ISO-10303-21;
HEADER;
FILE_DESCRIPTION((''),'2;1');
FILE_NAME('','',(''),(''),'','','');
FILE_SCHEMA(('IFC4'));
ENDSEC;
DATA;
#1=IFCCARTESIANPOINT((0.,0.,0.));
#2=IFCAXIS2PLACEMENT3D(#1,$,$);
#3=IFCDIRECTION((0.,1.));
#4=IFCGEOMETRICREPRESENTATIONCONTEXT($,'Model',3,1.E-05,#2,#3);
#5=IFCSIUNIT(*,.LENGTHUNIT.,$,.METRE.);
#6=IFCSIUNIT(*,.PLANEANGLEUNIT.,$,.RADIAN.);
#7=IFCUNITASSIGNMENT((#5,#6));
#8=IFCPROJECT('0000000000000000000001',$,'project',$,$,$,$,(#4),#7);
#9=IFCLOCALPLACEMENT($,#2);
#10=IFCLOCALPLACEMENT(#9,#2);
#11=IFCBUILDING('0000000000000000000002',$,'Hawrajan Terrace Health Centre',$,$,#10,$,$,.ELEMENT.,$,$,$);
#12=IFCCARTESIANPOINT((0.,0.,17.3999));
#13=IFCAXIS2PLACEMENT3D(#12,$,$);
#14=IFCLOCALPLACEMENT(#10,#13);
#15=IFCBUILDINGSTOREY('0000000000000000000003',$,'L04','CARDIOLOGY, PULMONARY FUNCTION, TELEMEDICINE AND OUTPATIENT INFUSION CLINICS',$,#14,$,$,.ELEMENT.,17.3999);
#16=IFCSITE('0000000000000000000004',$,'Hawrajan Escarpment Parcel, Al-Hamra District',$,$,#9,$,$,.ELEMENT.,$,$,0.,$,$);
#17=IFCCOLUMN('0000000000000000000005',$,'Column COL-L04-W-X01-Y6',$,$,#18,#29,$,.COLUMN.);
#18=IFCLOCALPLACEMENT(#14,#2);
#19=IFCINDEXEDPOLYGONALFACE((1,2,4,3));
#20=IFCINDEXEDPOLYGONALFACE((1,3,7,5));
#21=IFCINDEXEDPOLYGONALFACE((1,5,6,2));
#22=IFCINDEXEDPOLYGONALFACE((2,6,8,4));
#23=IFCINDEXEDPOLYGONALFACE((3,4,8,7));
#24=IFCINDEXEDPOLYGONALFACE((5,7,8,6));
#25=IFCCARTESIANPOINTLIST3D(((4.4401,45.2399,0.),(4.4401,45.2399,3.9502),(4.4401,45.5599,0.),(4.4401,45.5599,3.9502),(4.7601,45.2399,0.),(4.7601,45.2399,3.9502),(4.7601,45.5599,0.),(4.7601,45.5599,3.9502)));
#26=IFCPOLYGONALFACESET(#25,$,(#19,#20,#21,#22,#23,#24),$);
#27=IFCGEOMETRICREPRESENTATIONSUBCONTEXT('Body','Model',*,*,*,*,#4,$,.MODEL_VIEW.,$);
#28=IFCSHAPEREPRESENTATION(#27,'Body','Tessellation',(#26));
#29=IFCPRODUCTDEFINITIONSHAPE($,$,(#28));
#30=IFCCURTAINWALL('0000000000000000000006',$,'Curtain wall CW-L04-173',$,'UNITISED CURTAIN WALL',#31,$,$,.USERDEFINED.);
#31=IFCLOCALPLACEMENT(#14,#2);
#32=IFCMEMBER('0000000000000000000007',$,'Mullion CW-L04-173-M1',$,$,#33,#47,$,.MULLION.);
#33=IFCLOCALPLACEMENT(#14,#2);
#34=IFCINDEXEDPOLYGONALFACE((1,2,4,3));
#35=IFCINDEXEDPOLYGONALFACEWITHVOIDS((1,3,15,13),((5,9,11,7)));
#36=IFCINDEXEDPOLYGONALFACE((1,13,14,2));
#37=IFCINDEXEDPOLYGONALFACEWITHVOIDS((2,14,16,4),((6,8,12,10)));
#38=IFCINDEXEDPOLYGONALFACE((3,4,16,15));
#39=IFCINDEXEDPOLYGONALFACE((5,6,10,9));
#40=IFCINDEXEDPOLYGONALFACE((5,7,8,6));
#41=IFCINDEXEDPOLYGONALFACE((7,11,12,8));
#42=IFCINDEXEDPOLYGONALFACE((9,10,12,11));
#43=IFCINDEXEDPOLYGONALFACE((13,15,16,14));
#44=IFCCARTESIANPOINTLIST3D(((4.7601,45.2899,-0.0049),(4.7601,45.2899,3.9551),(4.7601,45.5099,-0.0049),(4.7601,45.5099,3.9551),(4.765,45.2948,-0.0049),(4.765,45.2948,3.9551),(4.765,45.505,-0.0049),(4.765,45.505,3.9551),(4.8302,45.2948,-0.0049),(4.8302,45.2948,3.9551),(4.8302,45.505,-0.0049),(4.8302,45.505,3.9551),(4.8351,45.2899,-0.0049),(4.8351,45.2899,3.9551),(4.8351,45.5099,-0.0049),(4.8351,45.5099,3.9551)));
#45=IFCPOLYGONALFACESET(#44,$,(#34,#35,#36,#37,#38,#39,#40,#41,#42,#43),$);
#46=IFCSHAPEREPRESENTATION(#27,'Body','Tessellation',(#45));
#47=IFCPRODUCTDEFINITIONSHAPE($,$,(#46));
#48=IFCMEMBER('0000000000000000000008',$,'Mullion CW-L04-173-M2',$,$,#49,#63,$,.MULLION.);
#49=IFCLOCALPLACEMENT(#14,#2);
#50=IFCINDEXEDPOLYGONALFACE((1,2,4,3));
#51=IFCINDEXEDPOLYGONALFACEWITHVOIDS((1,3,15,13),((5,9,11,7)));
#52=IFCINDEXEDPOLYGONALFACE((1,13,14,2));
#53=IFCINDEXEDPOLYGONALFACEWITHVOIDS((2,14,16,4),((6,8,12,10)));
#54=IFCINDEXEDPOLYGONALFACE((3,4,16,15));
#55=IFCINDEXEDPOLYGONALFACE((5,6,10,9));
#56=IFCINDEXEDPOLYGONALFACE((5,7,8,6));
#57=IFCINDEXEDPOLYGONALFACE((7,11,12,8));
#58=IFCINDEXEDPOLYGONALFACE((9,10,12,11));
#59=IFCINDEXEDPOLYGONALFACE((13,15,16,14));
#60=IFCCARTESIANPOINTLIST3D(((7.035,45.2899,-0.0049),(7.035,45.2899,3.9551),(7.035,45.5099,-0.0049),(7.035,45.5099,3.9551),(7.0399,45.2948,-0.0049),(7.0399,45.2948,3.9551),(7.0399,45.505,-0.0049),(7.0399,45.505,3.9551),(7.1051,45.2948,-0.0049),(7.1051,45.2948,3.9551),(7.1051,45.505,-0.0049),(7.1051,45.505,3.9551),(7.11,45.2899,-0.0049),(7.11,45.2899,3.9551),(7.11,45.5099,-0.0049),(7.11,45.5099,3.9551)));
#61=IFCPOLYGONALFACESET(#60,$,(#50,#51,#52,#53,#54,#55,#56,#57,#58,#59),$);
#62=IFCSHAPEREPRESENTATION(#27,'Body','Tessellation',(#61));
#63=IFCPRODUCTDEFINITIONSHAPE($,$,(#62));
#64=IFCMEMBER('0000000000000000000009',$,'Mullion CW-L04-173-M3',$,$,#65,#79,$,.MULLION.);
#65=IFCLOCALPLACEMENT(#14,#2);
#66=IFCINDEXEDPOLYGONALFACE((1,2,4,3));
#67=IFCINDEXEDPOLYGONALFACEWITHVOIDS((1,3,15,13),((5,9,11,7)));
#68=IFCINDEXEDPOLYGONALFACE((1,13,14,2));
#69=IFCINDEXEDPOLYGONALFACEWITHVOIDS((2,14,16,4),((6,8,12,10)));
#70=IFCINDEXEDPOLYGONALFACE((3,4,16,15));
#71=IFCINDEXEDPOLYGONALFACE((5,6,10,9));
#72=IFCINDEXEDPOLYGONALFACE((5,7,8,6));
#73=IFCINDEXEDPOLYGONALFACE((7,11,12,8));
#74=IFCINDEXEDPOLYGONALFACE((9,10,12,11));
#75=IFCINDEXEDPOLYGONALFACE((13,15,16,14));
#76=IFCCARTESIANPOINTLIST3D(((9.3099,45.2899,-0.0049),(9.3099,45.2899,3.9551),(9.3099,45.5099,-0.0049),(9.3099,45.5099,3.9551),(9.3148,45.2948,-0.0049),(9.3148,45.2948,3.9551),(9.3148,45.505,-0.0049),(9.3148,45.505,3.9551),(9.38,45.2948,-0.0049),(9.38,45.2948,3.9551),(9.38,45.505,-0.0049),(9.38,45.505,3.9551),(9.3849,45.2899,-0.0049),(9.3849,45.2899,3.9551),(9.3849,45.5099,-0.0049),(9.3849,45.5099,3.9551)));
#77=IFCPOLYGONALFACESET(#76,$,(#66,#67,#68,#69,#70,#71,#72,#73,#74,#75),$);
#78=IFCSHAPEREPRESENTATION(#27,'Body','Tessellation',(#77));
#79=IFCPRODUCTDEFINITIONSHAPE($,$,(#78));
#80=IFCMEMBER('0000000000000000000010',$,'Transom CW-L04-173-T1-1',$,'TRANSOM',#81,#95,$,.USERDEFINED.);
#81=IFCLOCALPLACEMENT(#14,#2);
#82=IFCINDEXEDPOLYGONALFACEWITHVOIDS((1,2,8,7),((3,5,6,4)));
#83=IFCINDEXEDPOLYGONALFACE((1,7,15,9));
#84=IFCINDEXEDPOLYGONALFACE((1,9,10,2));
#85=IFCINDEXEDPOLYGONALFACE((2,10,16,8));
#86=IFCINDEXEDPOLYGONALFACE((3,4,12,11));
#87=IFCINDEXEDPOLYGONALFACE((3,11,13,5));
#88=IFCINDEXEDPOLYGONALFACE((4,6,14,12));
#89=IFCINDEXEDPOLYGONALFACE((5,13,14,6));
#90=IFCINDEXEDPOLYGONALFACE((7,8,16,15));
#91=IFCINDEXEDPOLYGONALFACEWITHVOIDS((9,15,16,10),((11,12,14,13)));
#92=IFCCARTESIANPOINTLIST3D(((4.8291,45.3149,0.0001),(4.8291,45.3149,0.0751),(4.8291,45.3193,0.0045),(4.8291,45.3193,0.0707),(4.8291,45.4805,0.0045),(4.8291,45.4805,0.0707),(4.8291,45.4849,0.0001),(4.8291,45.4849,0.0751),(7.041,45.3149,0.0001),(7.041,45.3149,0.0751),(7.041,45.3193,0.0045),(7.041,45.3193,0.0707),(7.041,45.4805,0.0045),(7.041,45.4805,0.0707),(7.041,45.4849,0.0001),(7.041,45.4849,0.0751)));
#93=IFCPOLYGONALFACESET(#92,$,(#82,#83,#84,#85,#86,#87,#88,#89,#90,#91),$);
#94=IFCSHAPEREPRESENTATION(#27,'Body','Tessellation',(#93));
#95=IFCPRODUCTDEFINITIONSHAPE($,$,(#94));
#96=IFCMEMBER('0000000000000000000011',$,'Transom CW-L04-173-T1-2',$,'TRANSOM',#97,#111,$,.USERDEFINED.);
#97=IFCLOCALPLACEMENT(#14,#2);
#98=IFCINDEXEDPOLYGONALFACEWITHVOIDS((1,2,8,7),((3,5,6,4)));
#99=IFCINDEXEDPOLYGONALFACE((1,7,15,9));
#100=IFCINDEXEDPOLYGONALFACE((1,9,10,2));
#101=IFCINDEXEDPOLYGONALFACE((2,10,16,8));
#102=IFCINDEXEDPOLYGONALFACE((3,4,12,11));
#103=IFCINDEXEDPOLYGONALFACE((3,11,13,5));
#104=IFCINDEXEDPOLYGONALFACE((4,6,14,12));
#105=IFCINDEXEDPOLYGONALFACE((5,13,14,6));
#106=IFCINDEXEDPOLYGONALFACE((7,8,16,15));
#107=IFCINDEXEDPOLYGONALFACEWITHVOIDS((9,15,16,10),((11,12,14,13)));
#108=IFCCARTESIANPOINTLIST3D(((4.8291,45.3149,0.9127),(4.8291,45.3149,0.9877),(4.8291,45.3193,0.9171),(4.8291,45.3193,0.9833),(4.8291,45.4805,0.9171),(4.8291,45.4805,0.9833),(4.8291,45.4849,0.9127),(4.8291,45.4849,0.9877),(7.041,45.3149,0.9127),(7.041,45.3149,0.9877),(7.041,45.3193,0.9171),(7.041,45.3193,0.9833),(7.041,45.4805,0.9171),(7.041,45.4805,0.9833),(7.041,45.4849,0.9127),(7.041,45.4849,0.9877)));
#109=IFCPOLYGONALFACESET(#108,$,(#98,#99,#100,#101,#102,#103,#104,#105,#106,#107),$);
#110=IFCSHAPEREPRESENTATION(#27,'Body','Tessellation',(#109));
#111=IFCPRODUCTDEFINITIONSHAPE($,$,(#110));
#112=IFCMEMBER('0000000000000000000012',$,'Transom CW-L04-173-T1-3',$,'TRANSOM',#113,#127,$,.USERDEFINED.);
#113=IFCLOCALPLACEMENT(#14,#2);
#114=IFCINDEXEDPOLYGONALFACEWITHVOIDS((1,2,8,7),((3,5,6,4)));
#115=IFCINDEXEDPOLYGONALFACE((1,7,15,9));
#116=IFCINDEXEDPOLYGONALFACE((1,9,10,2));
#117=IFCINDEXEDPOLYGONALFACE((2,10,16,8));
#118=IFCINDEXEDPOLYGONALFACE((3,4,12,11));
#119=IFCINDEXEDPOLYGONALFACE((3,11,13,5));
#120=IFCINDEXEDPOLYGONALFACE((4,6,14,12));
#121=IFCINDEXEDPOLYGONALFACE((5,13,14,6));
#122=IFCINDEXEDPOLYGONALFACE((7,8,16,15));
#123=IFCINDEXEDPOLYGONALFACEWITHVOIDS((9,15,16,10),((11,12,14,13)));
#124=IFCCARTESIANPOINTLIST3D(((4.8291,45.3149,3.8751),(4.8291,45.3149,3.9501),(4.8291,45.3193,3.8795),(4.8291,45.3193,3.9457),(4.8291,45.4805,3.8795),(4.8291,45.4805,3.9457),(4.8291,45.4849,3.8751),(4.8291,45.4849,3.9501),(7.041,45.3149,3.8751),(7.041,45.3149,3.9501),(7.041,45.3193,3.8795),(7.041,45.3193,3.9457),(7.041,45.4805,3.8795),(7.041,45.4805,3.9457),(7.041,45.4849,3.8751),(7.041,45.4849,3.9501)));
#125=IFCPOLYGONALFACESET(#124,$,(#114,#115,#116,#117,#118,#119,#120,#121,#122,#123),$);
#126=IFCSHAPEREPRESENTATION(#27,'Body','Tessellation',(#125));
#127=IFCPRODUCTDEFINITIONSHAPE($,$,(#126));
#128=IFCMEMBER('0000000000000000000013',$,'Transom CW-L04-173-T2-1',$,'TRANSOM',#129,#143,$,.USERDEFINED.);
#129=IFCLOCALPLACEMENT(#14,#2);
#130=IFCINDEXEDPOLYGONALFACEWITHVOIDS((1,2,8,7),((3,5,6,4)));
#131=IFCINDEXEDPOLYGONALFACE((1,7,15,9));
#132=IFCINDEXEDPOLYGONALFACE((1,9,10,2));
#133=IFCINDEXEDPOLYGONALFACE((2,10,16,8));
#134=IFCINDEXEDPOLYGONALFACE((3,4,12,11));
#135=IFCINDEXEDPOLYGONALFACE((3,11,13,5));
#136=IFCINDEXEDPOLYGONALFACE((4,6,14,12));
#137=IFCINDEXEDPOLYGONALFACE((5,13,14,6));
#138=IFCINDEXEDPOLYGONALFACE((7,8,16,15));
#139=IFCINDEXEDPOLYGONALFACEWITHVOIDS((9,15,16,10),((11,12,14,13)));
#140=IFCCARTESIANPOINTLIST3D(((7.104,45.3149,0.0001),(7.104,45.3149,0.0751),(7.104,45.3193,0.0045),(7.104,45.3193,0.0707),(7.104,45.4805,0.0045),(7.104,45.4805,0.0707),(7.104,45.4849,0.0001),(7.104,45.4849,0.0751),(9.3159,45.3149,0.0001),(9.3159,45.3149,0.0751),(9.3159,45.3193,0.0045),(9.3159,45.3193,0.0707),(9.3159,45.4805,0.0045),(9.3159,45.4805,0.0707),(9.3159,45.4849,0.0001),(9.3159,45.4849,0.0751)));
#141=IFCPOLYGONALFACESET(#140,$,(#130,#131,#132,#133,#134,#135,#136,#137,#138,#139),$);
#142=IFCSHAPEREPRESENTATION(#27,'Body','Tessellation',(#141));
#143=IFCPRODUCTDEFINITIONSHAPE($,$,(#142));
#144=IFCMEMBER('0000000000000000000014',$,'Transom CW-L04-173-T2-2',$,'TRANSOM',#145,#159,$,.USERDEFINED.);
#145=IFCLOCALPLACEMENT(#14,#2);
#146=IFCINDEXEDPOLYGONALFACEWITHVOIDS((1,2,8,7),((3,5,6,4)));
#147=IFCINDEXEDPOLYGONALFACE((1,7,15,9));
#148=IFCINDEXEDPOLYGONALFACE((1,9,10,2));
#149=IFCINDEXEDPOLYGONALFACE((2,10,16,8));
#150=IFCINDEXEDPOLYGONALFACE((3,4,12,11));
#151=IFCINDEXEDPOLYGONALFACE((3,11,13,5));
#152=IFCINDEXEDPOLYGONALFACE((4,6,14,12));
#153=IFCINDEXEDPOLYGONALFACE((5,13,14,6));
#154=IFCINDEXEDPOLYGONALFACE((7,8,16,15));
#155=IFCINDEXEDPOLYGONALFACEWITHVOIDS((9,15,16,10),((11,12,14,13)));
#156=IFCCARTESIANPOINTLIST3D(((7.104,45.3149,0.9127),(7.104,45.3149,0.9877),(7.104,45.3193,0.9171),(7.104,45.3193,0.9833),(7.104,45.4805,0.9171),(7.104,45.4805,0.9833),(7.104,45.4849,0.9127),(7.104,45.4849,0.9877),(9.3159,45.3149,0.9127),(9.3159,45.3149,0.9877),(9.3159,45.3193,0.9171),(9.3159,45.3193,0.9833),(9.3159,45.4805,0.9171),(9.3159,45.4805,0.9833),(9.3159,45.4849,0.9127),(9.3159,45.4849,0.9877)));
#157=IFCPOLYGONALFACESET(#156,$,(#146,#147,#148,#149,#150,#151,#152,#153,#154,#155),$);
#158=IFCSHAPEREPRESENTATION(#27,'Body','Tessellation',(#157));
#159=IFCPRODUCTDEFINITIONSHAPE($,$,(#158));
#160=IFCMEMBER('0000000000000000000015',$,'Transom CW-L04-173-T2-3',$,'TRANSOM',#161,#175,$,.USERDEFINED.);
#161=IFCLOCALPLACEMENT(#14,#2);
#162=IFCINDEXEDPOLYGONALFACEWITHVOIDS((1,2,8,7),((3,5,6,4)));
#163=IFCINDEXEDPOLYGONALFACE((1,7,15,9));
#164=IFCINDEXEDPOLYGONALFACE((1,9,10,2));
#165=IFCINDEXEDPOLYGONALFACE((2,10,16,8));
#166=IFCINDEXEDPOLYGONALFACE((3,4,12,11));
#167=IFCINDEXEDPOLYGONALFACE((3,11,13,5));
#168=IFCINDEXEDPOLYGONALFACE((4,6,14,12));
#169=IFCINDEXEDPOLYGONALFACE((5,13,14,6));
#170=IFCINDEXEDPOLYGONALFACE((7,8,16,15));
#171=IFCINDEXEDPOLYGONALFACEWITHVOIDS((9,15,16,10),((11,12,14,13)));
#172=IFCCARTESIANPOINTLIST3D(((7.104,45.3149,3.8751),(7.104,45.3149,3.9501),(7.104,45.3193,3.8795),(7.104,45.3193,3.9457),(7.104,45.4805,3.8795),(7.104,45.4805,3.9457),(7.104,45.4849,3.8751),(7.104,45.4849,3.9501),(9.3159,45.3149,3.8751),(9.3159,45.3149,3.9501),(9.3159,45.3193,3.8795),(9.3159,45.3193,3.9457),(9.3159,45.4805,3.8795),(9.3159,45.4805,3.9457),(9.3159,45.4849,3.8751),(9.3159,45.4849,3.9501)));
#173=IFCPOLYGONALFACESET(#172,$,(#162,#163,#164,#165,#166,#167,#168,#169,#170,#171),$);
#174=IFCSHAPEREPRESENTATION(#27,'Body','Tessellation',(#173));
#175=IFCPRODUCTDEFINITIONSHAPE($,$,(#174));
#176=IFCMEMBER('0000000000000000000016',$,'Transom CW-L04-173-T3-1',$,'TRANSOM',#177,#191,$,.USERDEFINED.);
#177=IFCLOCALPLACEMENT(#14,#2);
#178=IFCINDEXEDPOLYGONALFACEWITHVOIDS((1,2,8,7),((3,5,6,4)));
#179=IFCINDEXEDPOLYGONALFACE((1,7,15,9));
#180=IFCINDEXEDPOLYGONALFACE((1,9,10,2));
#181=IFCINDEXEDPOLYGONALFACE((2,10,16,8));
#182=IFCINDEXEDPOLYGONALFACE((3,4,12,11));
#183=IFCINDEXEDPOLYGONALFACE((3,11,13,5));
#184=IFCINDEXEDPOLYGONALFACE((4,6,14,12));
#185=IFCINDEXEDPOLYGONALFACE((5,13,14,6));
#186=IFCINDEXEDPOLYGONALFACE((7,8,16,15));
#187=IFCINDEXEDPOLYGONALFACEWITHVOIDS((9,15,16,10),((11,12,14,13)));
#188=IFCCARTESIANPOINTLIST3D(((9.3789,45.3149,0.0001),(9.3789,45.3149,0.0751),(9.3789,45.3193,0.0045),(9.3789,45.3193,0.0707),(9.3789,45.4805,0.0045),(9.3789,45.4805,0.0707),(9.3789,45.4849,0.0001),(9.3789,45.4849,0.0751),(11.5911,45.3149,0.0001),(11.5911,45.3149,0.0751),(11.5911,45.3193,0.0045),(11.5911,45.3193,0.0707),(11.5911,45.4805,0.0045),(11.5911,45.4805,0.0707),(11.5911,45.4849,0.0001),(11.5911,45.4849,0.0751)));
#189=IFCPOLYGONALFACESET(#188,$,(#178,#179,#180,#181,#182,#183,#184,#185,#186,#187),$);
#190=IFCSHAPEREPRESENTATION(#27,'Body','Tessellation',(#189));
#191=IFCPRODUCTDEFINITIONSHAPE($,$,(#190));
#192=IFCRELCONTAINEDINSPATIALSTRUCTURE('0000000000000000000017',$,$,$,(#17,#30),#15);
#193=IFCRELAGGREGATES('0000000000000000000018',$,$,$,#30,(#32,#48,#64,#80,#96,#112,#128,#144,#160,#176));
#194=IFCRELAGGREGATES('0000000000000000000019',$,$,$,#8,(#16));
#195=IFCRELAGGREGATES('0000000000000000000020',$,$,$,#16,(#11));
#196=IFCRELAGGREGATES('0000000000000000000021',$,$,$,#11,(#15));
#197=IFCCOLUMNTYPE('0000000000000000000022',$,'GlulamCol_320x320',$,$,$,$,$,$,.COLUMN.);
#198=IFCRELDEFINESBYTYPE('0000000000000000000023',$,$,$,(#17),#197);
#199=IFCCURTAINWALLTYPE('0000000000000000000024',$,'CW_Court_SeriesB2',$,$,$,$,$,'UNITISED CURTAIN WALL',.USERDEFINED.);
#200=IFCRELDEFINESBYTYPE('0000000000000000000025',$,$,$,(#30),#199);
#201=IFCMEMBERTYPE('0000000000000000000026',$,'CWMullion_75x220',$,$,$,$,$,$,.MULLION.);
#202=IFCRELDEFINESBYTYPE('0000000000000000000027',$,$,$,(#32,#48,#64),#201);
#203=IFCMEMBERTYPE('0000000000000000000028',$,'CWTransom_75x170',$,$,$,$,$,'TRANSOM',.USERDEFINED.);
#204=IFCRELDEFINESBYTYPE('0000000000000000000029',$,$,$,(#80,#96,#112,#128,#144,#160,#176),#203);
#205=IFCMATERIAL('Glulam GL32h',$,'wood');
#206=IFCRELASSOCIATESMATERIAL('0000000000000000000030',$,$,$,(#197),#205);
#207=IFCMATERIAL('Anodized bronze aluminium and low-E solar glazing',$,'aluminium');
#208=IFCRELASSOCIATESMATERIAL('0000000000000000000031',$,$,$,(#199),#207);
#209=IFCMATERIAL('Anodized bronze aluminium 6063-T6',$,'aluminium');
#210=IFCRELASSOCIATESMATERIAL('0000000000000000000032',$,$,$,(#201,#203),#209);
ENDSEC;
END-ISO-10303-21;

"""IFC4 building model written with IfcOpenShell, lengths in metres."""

from ifc_helpers import new_model, si_unit, direction, frame, origin, origin_2d, place, context, subcontext, project, spatial, rectangle, hollow_rectangle, extrude, material, material_profile, profile_set, type_object, element, aggregate, save


model = new_model("IFC4")

# Units and contexts
model_context = context("Model", 3, precision=1e-05, world=origin(), true_north=direction((0.0, 1.0)))
body_context = subcontext(model_context, "Body", "Model", "MODEL_VIEW")
ifc_project = project(units=[si_unit("LENGTHUNIT", "METRE"), si_unit("PLANEANGLEUNIT", "RADIAN")], contexts=[model_context])

# Site, building, storey
site_placement = place(None, origin())
site = spatial("IfcSite", under=ifc_project, at=site_placement, Name="Hawrajan Escarpment Parcel, Al-Hamra District", CompositionType="ELEMENT", RefElevation=0.0)
building_placement = place(site_placement, origin())
building = spatial("IfcBuilding", under=site, at=building_placement, Name="Hawrajan Terrace Health Centre", CompositionType="ELEMENT")
storey_placement = place(building_placement, frame((0.0, 0.0, 17.3999)))
storey = spatial("IfcBuildingStorey", under=building, at=storey_placement, Name="L04", Description="CARDIOLOGY, PULMONARY FUNCTION, TELEMEDICINE AND OUTPATIENT INFUSION CLINICS", CompositionType="ELEMENT", Elevation=17.3999)

# Column
ifc_material_1 = material(Name="Glulam GL32h", Category="wood")
ifc_material_profile_1 = material_profile(ifc_material_1, rectangle(XDim=0.3201, YDim=0.3201, at=origin_2d()), Name="GL 320x320")
ifc_profile_set_1 = profile_set([ifc_material_profile_1], Name="Glulam GL32h")
column_type = type_object("IfcColumnType", Name="GlulamCol_320x320", PredefinedType="COLUMN", material=ifc_profile_set_1)
column_placement = place(storey_placement, frame((4.6001, 45.3999, 0.0), z_axis=(0.0, 0.0, 1.0), x_axis=(1.0, 0.0, 0.0)))
element("IfcColumn", 1, at=column_placement, inside=storey, type_object=column_type, Name="Column COL-L04-W-X01-Y6", PredefinedType="COLUMN", context=body_context, shape_type="SweptSolid", body=[
    extrude(rectangle(XDim=0.3201, YDim=0.3201, at=origin_2d()), origin(), (0.0, 0.0, 1.0), 3.9502),
])

# Curtain wall, members
ifc_material_2 = material(Name="Anodized bronze aluminium and low-E solar glazing", Category="aluminium")
curtain_wall_type = type_object("IfcCurtainWallType", Name="CW_Court_SeriesB2", ElementType="UNITISED CURTAIN WALL", PredefinedType="USERDEFINED", material=ifc_material_2)
curtain_wall_placement = place(storey_placement, origin())
curtain_wall = element("IfcCurtainWall", 2, at=curtain_wall_placement, inside=storey, type_object=curtain_wall_type, Name="Curtain wall CW-L04-173", ObjectType="UNITISED CURTAIN WALL", PredefinedType="USERDEFINED")
ifc_material_3 = material(Name="Anodized bronze aluminium 6063-T6", Category="aluminium")
ifc_material_profile_2 = material_profile(ifc_material_3, hollow_rectangle(XDim=0.075, YDim=0.22, WallThickness=0.0049, at=origin_2d()), Name="CW MUL 75x220")
ifc_profile_set_2 = profile_set([ifc_material_profile_2], Name="Anodized bronze aluminium 6063-T6")
member_type_1 = type_object("IfcMemberType", Name="CWMullion_75x220", PredefinedType="MULLION", material=ifc_profile_set_2)
member_1_placement = place(storey_placement, frame((4.7976, 45.3999, -0.0049), z_axis=(0.0, 0.0, 1.0), x_axis=(1.0, 0.0, 0.0)))
member_1 = element("IfcMember", 3, at=member_1_placement, type_object=member_type_1, Name="Mullion CW-L04-173-M1", PredefinedType="MULLION", context=body_context, shape_type="SweptSolid", body=[
    extrude(hollow_rectangle(XDim=0.075, YDim=0.22, WallThickness=0.0049, at=origin_2d()), origin(), (0.0, 0.0, 1.0), 3.96),
])
member_2_placement = place(storey_placement, frame((7.0725, 45.3999, -0.0049), z_axis=(0.0, 0.0, 1.0), x_axis=(1.0, 0.0, 0.0)))
member_2 = element("IfcMember", 4, at=member_2_placement, type_object=member_type_1, Name="Mullion CW-L04-173-M2", PredefinedType="MULLION", context=body_context, shape_type="SweptSolid", body=[
    extrude(hollow_rectangle(XDim=0.075, YDim=0.22, WallThickness=0.0049, at=origin_2d()), origin(), (0.0, 0.0, 1.0), 3.96),
])
member_3_placement = place(storey_placement, frame((9.3474, 45.3999, -0.0049), z_axis=(0.0, 0.0, 1.0), x_axis=(1.0, 0.0, 0.0)))
member_3 = element("IfcMember", 5, at=member_3_placement, type_object=member_type_1, Name="Mullion CW-L04-173-M3", PredefinedType="MULLION", context=body_context, shape_type="SweptSolid", body=[
    extrude(hollow_rectangle(XDim=0.075, YDim=0.22, WallThickness=0.0049, at=origin_2d()), origin(), (0.0, 0.0, 1.0), 3.96),
])
ifc_material_profile_3 = material_profile(ifc_material_3, hollow_rectangle(XDim=0.075, YDim=0.1699, WallThickness=0.0044, at=origin_2d()), Name="CW TRN 75x170")
ifc_profile_set_3 = profile_set([ifc_material_profile_3], Name="Anodized bronze aluminium 6063-T6")
member_type_2 = type_object("IfcMemberType", Name="CWTransom_75x170", ElementType="TRANSOM", PredefinedType="USERDEFINED", material=ifc_profile_set_3)
member_4_placement = place(storey_placement, frame((4.8291, 45.3999, 0.0376), z_axis=(1.0, 0.0, 0.0), x_axis=(0.0, 0.0, 1.0)))
member_4 = element("IfcMember", 6, at=member_4_placement, type_object=member_type_2, Name="Transom CW-L04-173-T1-1", ObjectType="TRANSOM", PredefinedType="USERDEFINED", context=body_context, shape_type="SweptSolid", body=[
    extrude(hollow_rectangle(XDim=0.075, YDim=0.1699, WallThickness=0.0044, at=origin_2d()), origin(), (0.0, 0.0, 1.0), 2.2119),
])
member_5_placement = place(storey_placement, frame((4.8291, 45.3999, 0.9502), z_axis=(1.0, 0.0, 0.0), x_axis=(0.0, 0.0, 1.0)))
member_5 = element("IfcMember", 7, at=member_5_placement, type_object=member_type_2, Name="Transom CW-L04-173-T1-2", ObjectType="TRANSOM", PredefinedType="USERDEFINED", context=body_context, shape_type="SweptSolid", body=[
    extrude(hollow_rectangle(XDim=0.075, YDim=0.1699, WallThickness=0.0044, at=origin_2d()), origin(), (0.0, 0.0, 1.0), 2.2119),
])
member_6_placement = place(storey_placement, frame((4.8291, 45.3999, 3.9126), z_axis=(1.0, 0.0, 0.0), x_axis=(0.0, 0.0, 1.0)))
member_6 = element("IfcMember", 8, at=member_6_placement, type_object=member_type_2, Name="Transom CW-L04-173-T1-3", ObjectType="TRANSOM", PredefinedType="USERDEFINED", context=body_context, shape_type="SweptSolid", body=[
    extrude(hollow_rectangle(XDim=0.075, YDim=0.1699, WallThickness=0.0044, at=origin_2d()), origin(), (0.0, 0.0, 1.0), 2.2119),
])
member_7_placement = place(storey_placement, frame((7.104, 45.3999, 0.0376), z_axis=(1.0, 0.0, 0.0), x_axis=(0.0, 0.0, 1.0)))
member_7 = element("IfcMember", 9, at=member_7_placement, type_object=member_type_2, Name="Transom CW-L04-173-T2-1", ObjectType="TRANSOM", PredefinedType="USERDEFINED", context=body_context, shape_type="SweptSolid", body=[
    extrude(hollow_rectangle(XDim=0.075, YDim=0.1699, WallThickness=0.0044, at=origin_2d()), origin(), (0.0, 0.0, 1.0), 2.2119),
])
member_8_placement = place(storey_placement, frame((7.104, 45.3999, 0.9502), z_axis=(1.0, 0.0, 0.0), x_axis=(0.0, 0.0, 1.0)))
member_8 = element("IfcMember", 10, at=member_8_placement, type_object=member_type_2, Name="Transom CW-L04-173-T2-2", ObjectType="TRANSOM", PredefinedType="USERDEFINED", context=body_context, shape_type="SweptSolid", body=[
    extrude(hollow_rectangle(XDim=0.075, YDim=0.1699, WallThickness=0.0044, at=origin_2d()), origin(), (0.0, 0.0, 1.0), 2.2119),
])
member_9_placement = place(storey_placement, frame((7.104, 45.3999, 3.9126), z_axis=(1.0, 0.0, 0.0), x_axis=(0.0, 0.0, 1.0)))
member_9 = element("IfcMember", 11, at=member_9_placement, type_object=member_type_2, Name="Transom CW-L04-173-T2-3", ObjectType="TRANSOM", PredefinedType="USERDEFINED", context=body_context, shape_type="SweptSolid", body=[
    extrude(hollow_rectangle(XDim=0.075, YDim=0.1699, WallThickness=0.0044, at=origin_2d()), origin(), (0.0, 0.0, 1.0), 2.2119),
])
member_10_placement = place(storey_placement, frame((9.3789, 45.3999, 0.0376), z_axis=(1.0, 0.0, 0.0), x_axis=(0.0, 0.0, 1.0)))
member_10 = element("IfcMember", 12, at=member_10_placement, type_object=member_type_2, Name="Transom CW-L04-173-T3-1", ObjectType="TRANSOM", PredefinedType="USERDEFINED", context=body_context, shape_type="SweptSolid", body=[
    extrude(hollow_rectangle(XDim=0.075, YDim=0.1699, WallThickness=0.0044, at=origin_2d()), origin(), (0.0, 0.0, 1.0), 2.2122),
])

aggregate(curtain_wall, [member_1, member_2, member_3, member_4, member_5, member_6, member_7, member_8, member_9, member_10])

save(model, "model.ifc")
